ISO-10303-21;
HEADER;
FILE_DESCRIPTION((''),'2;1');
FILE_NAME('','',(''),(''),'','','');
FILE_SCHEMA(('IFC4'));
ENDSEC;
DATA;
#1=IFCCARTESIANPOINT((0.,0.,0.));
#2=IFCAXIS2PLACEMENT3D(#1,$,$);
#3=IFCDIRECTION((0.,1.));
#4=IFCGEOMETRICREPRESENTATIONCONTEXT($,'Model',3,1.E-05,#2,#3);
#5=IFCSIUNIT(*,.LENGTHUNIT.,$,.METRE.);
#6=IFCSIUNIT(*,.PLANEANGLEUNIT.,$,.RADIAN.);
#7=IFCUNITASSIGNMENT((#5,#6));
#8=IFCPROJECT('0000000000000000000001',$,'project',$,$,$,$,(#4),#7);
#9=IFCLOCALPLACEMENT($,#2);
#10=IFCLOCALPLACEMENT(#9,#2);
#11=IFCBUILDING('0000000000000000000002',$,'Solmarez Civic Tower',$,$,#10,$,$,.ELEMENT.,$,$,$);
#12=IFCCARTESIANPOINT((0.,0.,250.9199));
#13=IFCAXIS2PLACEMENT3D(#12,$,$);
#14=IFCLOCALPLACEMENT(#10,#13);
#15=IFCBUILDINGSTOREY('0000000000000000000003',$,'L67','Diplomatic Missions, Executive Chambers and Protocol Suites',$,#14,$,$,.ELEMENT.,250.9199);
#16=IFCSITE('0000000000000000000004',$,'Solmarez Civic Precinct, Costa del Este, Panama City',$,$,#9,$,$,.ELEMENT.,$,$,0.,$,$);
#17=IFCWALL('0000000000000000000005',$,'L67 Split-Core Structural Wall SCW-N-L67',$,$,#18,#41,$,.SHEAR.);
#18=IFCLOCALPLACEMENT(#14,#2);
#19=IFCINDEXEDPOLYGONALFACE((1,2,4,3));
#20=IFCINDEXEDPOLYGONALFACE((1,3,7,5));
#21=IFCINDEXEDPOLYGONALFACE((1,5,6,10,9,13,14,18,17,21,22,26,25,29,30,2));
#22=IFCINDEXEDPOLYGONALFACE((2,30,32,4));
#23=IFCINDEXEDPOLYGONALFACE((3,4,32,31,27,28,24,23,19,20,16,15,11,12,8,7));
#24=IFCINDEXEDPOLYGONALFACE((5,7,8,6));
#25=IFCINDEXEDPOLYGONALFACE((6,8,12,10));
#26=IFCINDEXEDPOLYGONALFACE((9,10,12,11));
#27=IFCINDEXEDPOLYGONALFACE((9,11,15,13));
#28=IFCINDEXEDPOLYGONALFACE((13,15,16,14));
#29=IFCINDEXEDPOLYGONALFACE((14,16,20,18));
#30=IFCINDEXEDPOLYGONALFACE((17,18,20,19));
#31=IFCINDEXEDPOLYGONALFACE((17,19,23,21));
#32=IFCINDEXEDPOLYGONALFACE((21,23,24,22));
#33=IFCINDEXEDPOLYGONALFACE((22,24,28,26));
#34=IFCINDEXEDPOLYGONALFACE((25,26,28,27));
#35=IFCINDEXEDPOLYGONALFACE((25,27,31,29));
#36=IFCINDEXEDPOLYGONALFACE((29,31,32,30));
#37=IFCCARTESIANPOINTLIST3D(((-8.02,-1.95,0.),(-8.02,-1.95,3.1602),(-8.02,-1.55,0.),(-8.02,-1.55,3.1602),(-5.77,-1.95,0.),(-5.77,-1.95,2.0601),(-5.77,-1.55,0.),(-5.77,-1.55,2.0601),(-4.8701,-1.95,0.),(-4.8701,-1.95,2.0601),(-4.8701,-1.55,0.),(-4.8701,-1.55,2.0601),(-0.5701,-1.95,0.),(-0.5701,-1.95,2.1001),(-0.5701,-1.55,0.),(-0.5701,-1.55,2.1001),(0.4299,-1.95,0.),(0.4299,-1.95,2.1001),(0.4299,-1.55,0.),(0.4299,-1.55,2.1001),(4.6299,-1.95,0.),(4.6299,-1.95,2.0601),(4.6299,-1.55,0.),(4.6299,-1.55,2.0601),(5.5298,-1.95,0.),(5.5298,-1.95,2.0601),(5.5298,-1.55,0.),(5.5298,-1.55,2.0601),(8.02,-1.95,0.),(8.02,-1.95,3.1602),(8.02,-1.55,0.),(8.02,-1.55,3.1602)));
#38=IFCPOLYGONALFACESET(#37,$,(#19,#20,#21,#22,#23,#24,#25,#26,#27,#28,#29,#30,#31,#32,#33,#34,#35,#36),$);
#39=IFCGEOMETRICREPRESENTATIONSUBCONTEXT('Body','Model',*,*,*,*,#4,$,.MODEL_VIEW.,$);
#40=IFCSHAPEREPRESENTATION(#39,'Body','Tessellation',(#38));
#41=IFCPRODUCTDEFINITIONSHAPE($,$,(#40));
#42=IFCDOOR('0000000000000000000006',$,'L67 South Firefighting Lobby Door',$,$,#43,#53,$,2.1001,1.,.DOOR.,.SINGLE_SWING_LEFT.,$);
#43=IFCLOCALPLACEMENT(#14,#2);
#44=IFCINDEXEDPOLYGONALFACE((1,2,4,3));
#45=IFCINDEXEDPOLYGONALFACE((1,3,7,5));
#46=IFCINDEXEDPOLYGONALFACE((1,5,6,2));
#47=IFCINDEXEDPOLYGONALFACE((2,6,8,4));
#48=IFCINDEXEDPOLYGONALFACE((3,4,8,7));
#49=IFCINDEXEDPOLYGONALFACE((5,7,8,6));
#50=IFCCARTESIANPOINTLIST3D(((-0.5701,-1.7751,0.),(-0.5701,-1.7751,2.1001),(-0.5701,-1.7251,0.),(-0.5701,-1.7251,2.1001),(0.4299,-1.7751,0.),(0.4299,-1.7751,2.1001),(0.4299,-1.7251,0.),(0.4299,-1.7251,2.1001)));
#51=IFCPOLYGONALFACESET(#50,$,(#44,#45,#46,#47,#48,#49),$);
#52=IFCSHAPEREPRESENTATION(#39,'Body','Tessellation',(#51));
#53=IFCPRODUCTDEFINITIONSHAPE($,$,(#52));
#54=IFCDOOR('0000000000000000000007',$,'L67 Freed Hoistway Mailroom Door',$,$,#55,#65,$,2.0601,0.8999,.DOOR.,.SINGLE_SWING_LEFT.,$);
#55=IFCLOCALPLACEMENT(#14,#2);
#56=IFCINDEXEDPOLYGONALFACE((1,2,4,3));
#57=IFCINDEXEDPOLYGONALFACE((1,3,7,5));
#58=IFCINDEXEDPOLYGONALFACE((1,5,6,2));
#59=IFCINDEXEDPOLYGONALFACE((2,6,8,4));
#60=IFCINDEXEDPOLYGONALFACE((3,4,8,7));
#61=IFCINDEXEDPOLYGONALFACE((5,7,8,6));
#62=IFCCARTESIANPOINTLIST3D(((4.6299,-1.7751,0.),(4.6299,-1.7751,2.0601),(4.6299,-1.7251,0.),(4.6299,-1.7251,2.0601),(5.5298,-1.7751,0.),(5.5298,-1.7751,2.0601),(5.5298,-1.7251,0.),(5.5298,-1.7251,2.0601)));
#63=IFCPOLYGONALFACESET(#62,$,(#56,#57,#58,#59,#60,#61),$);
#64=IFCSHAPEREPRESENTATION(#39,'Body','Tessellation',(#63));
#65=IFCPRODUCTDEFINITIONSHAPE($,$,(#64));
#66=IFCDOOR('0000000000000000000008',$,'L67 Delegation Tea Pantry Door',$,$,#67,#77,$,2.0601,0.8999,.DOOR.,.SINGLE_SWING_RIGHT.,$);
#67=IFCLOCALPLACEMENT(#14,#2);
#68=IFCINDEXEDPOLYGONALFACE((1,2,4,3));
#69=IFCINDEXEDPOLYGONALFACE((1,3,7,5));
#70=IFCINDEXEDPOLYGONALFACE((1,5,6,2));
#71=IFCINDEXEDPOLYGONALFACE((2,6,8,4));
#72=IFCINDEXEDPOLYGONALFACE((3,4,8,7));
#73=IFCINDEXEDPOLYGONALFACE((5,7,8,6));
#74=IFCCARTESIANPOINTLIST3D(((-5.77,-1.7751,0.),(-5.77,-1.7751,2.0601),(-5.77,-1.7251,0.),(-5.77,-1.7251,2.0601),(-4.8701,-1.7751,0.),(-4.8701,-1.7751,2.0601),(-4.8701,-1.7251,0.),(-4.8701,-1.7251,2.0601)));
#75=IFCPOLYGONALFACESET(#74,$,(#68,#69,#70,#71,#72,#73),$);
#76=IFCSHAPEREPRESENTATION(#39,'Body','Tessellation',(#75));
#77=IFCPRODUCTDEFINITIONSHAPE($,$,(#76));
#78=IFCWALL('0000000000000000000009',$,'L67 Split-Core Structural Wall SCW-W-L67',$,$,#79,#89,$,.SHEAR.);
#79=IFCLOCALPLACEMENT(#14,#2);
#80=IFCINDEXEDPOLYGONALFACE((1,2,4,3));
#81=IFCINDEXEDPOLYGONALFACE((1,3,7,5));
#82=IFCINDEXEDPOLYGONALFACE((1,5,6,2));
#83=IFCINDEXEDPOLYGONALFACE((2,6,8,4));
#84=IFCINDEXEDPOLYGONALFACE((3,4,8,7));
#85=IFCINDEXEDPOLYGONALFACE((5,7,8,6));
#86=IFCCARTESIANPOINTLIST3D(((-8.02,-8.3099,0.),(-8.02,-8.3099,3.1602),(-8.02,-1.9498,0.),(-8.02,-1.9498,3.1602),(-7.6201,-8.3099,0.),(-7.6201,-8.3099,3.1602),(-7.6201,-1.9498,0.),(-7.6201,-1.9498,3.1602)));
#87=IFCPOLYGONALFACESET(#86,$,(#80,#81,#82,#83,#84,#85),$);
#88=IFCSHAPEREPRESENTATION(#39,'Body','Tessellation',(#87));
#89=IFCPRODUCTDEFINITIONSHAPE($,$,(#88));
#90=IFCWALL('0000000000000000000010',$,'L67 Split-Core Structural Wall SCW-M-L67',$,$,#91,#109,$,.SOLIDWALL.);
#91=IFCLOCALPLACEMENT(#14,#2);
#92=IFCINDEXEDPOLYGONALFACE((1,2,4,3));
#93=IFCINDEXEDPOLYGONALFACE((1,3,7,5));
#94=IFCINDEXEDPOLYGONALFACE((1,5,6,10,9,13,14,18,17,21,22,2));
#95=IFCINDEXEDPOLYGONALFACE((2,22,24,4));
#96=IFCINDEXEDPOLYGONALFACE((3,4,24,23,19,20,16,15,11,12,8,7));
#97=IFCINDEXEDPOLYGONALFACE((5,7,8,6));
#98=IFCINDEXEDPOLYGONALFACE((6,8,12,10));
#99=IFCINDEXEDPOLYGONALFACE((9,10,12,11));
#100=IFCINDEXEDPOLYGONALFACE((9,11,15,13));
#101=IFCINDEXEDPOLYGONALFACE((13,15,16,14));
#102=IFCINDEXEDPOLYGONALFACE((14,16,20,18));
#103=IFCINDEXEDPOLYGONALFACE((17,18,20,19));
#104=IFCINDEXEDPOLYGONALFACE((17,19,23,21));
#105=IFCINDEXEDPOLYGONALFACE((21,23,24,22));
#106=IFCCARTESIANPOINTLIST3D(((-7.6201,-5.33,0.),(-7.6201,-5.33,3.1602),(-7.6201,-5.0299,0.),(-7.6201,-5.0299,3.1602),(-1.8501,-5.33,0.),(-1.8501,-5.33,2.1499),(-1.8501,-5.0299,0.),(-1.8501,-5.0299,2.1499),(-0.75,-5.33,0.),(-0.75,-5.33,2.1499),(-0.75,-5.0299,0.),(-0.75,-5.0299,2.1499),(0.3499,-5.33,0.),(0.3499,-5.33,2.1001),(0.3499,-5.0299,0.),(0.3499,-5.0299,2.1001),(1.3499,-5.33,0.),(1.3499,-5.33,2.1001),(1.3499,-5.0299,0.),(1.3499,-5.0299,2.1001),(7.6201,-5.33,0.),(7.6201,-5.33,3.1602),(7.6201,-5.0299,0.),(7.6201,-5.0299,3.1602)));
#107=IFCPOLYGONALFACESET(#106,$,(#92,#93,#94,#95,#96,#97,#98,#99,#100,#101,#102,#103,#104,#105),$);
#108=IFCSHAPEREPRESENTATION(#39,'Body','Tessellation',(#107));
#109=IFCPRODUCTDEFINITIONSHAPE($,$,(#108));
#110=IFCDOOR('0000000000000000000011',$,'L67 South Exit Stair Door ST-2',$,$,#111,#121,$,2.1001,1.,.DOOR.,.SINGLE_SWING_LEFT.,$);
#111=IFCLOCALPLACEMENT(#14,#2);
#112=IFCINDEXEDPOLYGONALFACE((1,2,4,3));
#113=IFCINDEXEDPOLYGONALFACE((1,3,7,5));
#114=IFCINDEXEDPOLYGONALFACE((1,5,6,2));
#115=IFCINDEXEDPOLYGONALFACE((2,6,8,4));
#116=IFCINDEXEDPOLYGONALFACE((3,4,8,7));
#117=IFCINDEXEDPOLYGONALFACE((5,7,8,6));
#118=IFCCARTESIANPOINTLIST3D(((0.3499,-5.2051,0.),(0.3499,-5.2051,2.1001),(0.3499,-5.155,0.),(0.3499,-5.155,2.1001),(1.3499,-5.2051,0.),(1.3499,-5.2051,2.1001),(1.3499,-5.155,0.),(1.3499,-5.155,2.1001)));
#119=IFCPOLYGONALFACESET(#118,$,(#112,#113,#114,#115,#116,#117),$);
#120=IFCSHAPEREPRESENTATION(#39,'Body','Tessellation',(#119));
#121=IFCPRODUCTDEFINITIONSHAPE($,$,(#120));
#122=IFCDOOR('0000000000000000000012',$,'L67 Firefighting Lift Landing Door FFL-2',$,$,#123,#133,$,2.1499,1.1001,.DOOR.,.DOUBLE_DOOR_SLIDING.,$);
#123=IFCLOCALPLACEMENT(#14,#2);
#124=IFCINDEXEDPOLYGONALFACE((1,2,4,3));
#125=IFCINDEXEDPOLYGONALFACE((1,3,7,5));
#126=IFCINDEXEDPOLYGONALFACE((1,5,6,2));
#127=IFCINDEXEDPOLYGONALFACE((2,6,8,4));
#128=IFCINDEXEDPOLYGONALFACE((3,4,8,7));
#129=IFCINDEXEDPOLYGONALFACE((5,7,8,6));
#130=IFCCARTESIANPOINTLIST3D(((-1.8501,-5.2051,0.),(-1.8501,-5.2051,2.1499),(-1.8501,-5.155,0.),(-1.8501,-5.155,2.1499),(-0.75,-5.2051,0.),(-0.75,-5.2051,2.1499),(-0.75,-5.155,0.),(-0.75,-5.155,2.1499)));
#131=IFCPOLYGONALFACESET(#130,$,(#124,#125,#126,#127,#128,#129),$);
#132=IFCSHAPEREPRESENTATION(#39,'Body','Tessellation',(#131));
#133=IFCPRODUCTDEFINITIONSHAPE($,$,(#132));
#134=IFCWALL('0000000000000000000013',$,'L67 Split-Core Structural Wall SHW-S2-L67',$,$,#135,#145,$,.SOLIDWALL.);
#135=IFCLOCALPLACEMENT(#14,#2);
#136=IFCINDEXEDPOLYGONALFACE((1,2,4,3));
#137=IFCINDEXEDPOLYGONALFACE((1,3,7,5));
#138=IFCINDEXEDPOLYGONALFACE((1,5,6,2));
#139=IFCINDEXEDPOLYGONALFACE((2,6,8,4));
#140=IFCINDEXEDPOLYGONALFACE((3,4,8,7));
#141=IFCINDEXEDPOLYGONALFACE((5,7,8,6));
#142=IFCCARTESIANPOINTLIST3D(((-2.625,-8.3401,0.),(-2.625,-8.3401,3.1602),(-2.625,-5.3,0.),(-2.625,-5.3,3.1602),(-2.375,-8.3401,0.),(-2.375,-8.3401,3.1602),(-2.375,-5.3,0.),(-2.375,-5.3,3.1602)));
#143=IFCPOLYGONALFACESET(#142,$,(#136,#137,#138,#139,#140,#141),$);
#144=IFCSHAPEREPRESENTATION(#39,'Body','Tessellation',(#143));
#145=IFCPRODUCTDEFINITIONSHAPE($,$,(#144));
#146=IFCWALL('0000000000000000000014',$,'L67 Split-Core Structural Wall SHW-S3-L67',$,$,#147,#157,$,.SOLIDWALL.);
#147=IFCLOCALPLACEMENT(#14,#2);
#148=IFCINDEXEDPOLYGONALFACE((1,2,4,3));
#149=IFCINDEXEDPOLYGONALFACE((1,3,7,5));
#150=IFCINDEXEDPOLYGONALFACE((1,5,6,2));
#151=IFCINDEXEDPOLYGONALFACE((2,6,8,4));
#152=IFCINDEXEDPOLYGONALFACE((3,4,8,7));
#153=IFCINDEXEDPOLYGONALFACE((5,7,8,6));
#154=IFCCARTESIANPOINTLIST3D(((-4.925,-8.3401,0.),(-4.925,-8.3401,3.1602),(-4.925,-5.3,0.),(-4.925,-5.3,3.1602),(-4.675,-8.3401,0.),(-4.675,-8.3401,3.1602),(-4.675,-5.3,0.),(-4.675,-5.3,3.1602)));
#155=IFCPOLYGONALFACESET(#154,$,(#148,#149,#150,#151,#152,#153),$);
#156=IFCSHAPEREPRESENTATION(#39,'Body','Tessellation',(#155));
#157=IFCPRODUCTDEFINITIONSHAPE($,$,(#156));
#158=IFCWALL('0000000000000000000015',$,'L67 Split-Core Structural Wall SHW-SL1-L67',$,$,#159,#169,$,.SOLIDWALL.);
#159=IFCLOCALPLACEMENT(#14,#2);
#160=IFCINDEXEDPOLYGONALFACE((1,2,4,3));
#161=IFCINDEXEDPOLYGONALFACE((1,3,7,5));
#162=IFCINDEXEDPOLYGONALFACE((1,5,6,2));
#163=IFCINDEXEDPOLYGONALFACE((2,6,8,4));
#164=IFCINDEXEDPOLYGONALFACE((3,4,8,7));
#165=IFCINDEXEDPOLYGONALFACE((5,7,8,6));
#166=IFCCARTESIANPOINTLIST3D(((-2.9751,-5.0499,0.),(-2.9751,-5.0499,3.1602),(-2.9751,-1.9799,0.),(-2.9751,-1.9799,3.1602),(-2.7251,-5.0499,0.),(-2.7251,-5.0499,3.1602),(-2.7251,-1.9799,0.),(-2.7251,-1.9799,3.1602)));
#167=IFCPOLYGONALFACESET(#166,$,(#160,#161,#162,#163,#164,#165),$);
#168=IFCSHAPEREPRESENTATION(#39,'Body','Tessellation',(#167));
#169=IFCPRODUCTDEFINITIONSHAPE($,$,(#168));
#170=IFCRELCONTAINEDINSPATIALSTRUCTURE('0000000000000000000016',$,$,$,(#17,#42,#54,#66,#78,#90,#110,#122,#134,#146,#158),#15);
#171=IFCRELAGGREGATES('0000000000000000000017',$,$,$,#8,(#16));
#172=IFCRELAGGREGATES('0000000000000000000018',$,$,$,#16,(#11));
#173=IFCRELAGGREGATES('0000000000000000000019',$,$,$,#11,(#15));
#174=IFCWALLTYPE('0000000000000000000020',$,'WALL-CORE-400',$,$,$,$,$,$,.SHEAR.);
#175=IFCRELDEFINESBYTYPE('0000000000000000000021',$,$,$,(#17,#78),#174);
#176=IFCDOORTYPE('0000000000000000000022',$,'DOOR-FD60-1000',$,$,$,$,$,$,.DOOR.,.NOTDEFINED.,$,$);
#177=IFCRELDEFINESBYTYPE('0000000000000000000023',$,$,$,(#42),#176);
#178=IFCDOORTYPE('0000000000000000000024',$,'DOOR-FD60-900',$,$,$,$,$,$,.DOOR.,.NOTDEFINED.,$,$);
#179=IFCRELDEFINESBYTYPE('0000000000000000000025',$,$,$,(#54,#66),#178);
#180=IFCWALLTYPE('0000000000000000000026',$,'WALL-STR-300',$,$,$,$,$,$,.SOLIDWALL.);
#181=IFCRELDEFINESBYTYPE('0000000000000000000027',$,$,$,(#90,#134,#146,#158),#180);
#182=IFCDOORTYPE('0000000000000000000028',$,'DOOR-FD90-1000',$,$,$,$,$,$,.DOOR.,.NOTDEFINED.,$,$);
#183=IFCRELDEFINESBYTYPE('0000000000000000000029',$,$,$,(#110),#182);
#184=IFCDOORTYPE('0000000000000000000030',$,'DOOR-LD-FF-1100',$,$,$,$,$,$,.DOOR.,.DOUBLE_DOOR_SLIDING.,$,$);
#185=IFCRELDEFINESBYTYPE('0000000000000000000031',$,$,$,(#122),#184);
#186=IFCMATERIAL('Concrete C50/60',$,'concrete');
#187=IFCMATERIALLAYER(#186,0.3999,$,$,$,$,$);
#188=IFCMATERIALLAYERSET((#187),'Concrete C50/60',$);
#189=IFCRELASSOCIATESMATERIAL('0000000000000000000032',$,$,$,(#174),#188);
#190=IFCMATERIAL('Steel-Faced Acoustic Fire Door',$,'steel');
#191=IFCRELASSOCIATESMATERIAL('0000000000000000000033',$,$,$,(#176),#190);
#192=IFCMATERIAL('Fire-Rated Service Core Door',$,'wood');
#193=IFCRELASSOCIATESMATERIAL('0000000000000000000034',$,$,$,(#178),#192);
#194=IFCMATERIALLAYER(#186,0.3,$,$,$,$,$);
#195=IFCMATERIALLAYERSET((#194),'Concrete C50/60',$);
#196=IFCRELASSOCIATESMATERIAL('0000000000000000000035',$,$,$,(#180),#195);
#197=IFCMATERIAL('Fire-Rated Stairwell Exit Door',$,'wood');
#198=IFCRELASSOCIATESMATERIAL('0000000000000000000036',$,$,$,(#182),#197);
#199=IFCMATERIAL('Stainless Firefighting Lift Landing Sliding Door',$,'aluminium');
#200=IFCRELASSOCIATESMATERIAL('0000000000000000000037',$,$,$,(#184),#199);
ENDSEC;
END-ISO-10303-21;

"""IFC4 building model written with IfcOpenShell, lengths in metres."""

from ifc_helpers import new_model, si_unit, direction, frame, frame_2d, origin, place, context, subcontext, project, spatial, rectangle, extrude, material, layer, layer_set, type_object, element, fill, save


model = new_model("IFC4")

# Units and contexts
model_context = context("Model", 3, precision=1e-05, world=origin(), true_north=direction((0.0, 1.0)))
body_context = subcontext(model_context, "Body", "Model", "MODEL_VIEW")
ifc_project = project(units=[si_unit("LENGTHUNIT", "METRE"), si_unit("PLANEANGLEUNIT", "RADIAN")], contexts=[model_context])

# Site, building, storey
site_placement = place(None, origin())
site = spatial("IfcSite", under=ifc_project, at=site_placement, Name="Solmarez Civic Precinct, Costa del Este, Panama City", CompositionType="ELEMENT", RefElevation=0.0)
building_placement = place(site_placement, origin())
building = spatial("IfcBuilding", under=site, at=building_placement, Name="Solmarez Civic Tower", CompositionType="ELEMENT")
storey_placement = place(building_placement, frame((0.0, 0.0, 250.9199)))
storey = spatial("IfcBuildingStorey", under=building, at=storey_placement, Name="L67", Description="Diplomatic Missions, Executive Chambers and Protocol Suites", CompositionType="ELEMENT", Elevation=250.9199)

# Shared definitions
ifc_material_1 = material(Name="Concrete C50/60", Category="concrete")

# Wall, openings, doors
ifc_layer_1 = layer(ifc_material_1, 0.3999)
ifc_layer_set_1 = layer_set([ifc_layer_1], Name="Concrete C50/60")
wall_type_1 = type_object("IfcWallType", Name="WALL-CORE-400", PredefinedType="SHEAR", material=ifc_layer_set_1)
wall_1_placement = place(storey_placement, frame((-8.02, -1.75, 0.0), z_axis=(0.0, 0.0, 1.0), x_axis=(1.0, 0.0, 0.0)))
wall_1 = element("IfcWall", 1, at=wall_1_placement, inside=storey, type_object=wall_type_1, Name="L67 Split-Core Structural Wall SCW-N-L67", PredefinedType="SHEAR", context=body_context, shape_type="SweptSolid", body=[
    extrude(rectangle(XDim=16.04, YDim=0.3999, at=frame_2d((8.02, 0.0))), origin(), (0.0, 0.0, 1.0), 3.1602),
])
opening_1_placement = place(wall_1_placement, frame((7.45, 0.0, 0.0)))
opening_1 = element("IfcOpeningElement", 2, at=opening_1_placement, cuts=wall_1, PredefinedType="OPENING", context=body_context, shape_type="SweptSolid", body=[
    extrude(rectangle(XDim=1.0, YDim=2.1001, at=frame_2d((0.5, 1.05))), frame((0.0, 0.21, 0.0), z_axis=(0.0, -1.0, 0.0), x_axis=(1.0, 0.0, 0.0)), (0.0, 0.0, 1.0), 0.4199),
])
opening_2_placement = place(wall_1_placement, frame((12.6499, 0.0, 0.0)))
opening_2 = element("IfcOpeningElement", 3, at=opening_2_placement, cuts=wall_1, PredefinedType="OPENING", context=body_context, shape_type="SweptSolid", body=[
    extrude(rectangle(XDim=0.8999, YDim=2.0601, at=frame_2d((0.45, 1.03))), frame((0.0, 0.21, 0.0), z_axis=(0.0, -1.0, 0.0), x_axis=(1.0, 0.0, 0.0)), (0.0, 0.0, 1.0), 0.4199),
])
opening_3_placement = place(wall_1_placement, frame((2.25, 0.0, 0.0)))
opening_3 = element("IfcOpeningElement", 4, at=opening_3_placement, cuts=wall_1, PredefinedType="OPENING", context=body_context, shape_type="SweptSolid", body=[
    extrude(rectangle(XDim=0.8999, YDim=2.0601, at=frame_2d((0.45, 1.03))), frame((0.0, 0.21, 0.0), z_axis=(0.0, -1.0, 0.0), x_axis=(1.0, 0.0, 0.0)), (0.0, 0.0, 1.0), 0.4199),
])
ifc_material_2 = material(Name="Steel-Faced Acoustic Fire Door", Category="steel")
door_type_1 = type_object("IfcDoorType", Name="DOOR-FD60-1000", OperationType="NOTDEFINED", PredefinedType="DOOR", material=ifc_material_2)
door_1_placement = place(opening_1_placement, origin())
door_1 = element("IfcDoor", 5, at=door_1_placement, inside=storey, type_object=door_type_1, Name="L67 South Firefighting Lobby Door", OperationType="SINGLE_SWING_LEFT", OverallHeight=2.1001, OverallWidth=1.0, PredefinedType="DOOR", context=body_context, shape_type="SweptSolid", body=[
    extrude(rectangle(XDim=1.0, YDim=2.1001, at=frame_2d((0.5, 1.05))), frame((0.0, 0.0249, 0.0), z_axis=(0.0, -1.0, 0.0), x_axis=(1.0, 0.0, 0.0)), (0.0, 0.0, 1.0), 0.05),
])
fill(opening_1, door_1)
ifc_material_3 = material(Name="Fire-Rated Service Core Door", Category="wood")
door_type_2 = type_object("IfcDoorType", Name="DOOR-FD60-900", OperationType="NOTDEFINED", PredefinedType="DOOR", material=ifc_material_3)
door_2_placement = place(opening_2_placement, origin())
door_2 = element("IfcDoor", 6, at=door_2_placement, inside=storey, type_object=door_type_2, Name="L67 Freed Hoistway Mailroom Door", OperationType="SINGLE_SWING_LEFT", OverallHeight=2.0601, OverallWidth=0.8999, PredefinedType="DOOR", context=body_context, shape_type="SweptSolid", body=[
    extrude(rectangle(XDim=0.8999, YDim=2.0601, at=frame_2d((0.45, 1.03))), frame((0.0, 0.0249, 0.0), z_axis=(0.0, -1.0, 0.0), x_axis=(1.0, 0.0, 0.0)), (0.0, 0.0, 1.0), 0.05),
])
fill(opening_2, door_2)
door_3_placement = place(opening_3_placement, origin())
door_3 = element("IfcDoor", 7, at=door_3_placement, inside=storey, type_object=door_type_2, Name="L67 Delegation Tea Pantry Door", OperationType="SINGLE_SWING_RIGHT", OverallHeight=2.0601, OverallWidth=0.8999, PredefinedType="DOOR", context=body_context, shape_type="SweptSolid", body=[
    extrude(rectangle(XDim=0.8999, YDim=2.0601, at=frame_2d((0.45, 1.03))), frame((0.0, 0.0249, 0.0), z_axis=(0.0, -1.0, 0.0), x_axis=(1.0, 0.0, 0.0)), (0.0, 0.0, 1.0), 0.05),
])
fill(opening_3, door_3)

# Wall
wall_2_placement = place(storey_placement, frame((-7.8201, -8.3101, 0.0), z_axis=(0.0, 0.0, 1.0), x_axis=(0.0, 1.0, 0.0)))
element("IfcWall", 8, at=wall_2_placement, inside=storey, type_object=wall_type_1, Name="L67 Split-Core Structural Wall SCW-W-L67", PredefinedType="SHEAR", context=body_context, shape_type="SweptSolid", body=[
    extrude(rectangle(XDim=6.3601, YDim=0.3999, at=frame_2d((3.1802, 0.0))), origin(), (0.0, 0.0, 1.0), 3.1602),
])

# Wall, openings, doors
ifc_layer_2 = layer(ifc_material_1, 0.3)
ifc_layer_set_2 = layer_set([ifc_layer_2], Name="Concrete C50/60")
wall_type_2 = type_object("IfcWallType", Name="WALL-STR-300", PredefinedType="SOLIDWALL", material=ifc_layer_set_2)
wall_3_placement = place(storey_placement, frame((-7.6201, -5.1799, 0.0), z_axis=(0.0, 0.0, 1.0), x_axis=(1.0, 0.0, 0.0)))
wall_3 = element("IfcWall", 9, at=wall_3_placement, inside=storey, type_object=wall_type_2, Name="L67 Split-Core Structural Wall SCW-M-L67", PredefinedType="SOLIDWALL", context=body_context, shape_type="SweptSolid", body=[
    extrude(rectangle(XDim=15.2402, YDim=0.3, at=frame_2d((7.6201, 0.0))), origin(), (0.0, 0.0, 1.0), 3.1602),
])
opening_4_placement = place(wall_3_placement, frame((5.77, 0.0, 0.0)))
opening_4 = element("IfcOpeningElement", 10, at=opening_4_placement, cuts=wall_3, PredefinedType="OPENING", context=body_context, shape_type="SweptSolid", body=[
    extrude(rectangle(XDim=1.1001, YDim=2.1499, at=frame_2d((0.55, 1.075))), frame((0.0, 0.1599, 0.0), z_axis=(0.0, -1.0, 0.0), x_axis=(1.0, 0.0, 0.0)), (0.0, 0.0, 1.0), 0.3201),
])
opening_5_placement = place(wall_3_placement, frame((7.97, 0.0, 0.0)))
opening_5 = element("IfcOpeningElement", 11, at=opening_5_placement, cuts=wall_3, PredefinedType="OPENING", context=body_context, shape_type="SweptSolid", body=[
    extrude(rectangle(XDim=1.0, YDim=2.1001, at=frame_2d((0.5, 1.05))), frame((0.0, 0.1599, 0.0), z_axis=(0.0, -1.0, 0.0), x_axis=(1.0, 0.0, 0.0)), (0.0, 0.0, 1.0), 0.3201),
])
ifc_material_4 = material(Name="Fire-Rated Stairwell Exit Door", Category="wood")
door_type_3 = type_object("IfcDoorType", Name="DOOR-FD90-1000", OperationType="NOTDEFINED", PredefinedType="DOOR", material=ifc_material_4)
door_4_placement = place(opening_5_placement, origin())
door_4 = element("IfcDoor", 12, at=door_4_placement, inside=storey, type_object=door_type_3, Name="L67 South Exit Stair Door ST-2", OperationType="SINGLE_SWING_LEFT", OverallHeight=2.1001, OverallWidth=1.0, PredefinedType="DOOR", context=body_context, shape_type="SweptSolid", body=[
    extrude(rectangle(XDim=1.0, YDim=2.1001, at=frame_2d((0.5, 1.05))), frame((0.0, 0.0249, 0.0), z_axis=(0.0, -1.0, 0.0), x_axis=(1.0, 0.0, 0.0)), (0.0, 0.0, 1.0), 0.05),
])
fill(opening_5, door_4)
ifc_material_5 = material(Name="Stainless Firefighting Lift Landing Sliding Door", Category="aluminium")
door_type_4 = type_object("IfcDoorType", Name="DOOR-LD-FF-1100", OperationType="DOUBLE_DOOR_SLIDING", PredefinedType="DOOR", material=ifc_material_5)
door_5_placement = place(opening_4_placement, origin())
door_5 = element("IfcDoor", 13, at=door_5_placement, inside=storey, type_object=door_type_4, Name="L67 Firefighting Lift Landing Door FFL-2", OperationType="DOUBLE_DOOR_SLIDING", OverallHeight=2.1499, OverallWidth=1.1001, PredefinedType="DOOR", context=body_context, shape_type="SweptSolid", body=[
    extrude(rectangle(XDim=1.1001, YDim=2.1499, at=frame_2d((0.55, 1.075))), frame((0.0, 0.0249, 0.0), z_axis=(0.0, -1.0, 0.0), x_axis=(1.0, 0.0, 0.0)), (0.0, 0.0, 1.0), 0.05),
])
fill(opening_4, door_5)

# Walls
for number, where, z_axis, x_axis, name in (
    (14, (-2.5, -8.3401, 0.0), (0.0, 0.0, 1.0), (0.0, 1.0, 0.0), "L67 Split-Core Structural Wall SHW-S2-L67"),
    (15, (-4.8, -8.3401, 0.0), (0.0, 0.0, 1.0), (0.0, 1.0, 0.0), "L67 Split-Core Structural Wall SHW-S3-L67"),
):
    element("IfcWall", number, at=place(storey_placement, frame(where, z_axis=z_axis, x_axis=x_axis)), inside=storey, type_object=wall_type_2, Name=name, PredefinedType="SOLIDWALL", context=body_context, shape_type="SweptSolid", body=[
        extrude(rectangle(XDim=3.04, YDim=0.25, at=frame_2d((1.52, 0.0))), origin(), (0.0, 0.0, 1.0), 3.1602),
    ])
wall_4_placement = place(storey_placement, frame((-2.8501, -5.05, 0.0), z_axis=(0.0, 0.0, 1.0), x_axis=(0.0, 1.0, 0.0)))
element("IfcWall", 16, at=wall_4_placement, inside=storey, type_object=wall_type_2, Name="L67 Split-Core Structural Wall SHW-SL1-L67", PredefinedType="SOLIDWALL", context=body_context, shape_type="SweptSolid", body=[
    extrude(rectangle(XDim=3.0701, YDim=0.25, at=frame_2d((1.5352, 0.0))), origin(), (0.0, 0.0, 1.0), 3.1602),
])

save(model, "model.ifc")
